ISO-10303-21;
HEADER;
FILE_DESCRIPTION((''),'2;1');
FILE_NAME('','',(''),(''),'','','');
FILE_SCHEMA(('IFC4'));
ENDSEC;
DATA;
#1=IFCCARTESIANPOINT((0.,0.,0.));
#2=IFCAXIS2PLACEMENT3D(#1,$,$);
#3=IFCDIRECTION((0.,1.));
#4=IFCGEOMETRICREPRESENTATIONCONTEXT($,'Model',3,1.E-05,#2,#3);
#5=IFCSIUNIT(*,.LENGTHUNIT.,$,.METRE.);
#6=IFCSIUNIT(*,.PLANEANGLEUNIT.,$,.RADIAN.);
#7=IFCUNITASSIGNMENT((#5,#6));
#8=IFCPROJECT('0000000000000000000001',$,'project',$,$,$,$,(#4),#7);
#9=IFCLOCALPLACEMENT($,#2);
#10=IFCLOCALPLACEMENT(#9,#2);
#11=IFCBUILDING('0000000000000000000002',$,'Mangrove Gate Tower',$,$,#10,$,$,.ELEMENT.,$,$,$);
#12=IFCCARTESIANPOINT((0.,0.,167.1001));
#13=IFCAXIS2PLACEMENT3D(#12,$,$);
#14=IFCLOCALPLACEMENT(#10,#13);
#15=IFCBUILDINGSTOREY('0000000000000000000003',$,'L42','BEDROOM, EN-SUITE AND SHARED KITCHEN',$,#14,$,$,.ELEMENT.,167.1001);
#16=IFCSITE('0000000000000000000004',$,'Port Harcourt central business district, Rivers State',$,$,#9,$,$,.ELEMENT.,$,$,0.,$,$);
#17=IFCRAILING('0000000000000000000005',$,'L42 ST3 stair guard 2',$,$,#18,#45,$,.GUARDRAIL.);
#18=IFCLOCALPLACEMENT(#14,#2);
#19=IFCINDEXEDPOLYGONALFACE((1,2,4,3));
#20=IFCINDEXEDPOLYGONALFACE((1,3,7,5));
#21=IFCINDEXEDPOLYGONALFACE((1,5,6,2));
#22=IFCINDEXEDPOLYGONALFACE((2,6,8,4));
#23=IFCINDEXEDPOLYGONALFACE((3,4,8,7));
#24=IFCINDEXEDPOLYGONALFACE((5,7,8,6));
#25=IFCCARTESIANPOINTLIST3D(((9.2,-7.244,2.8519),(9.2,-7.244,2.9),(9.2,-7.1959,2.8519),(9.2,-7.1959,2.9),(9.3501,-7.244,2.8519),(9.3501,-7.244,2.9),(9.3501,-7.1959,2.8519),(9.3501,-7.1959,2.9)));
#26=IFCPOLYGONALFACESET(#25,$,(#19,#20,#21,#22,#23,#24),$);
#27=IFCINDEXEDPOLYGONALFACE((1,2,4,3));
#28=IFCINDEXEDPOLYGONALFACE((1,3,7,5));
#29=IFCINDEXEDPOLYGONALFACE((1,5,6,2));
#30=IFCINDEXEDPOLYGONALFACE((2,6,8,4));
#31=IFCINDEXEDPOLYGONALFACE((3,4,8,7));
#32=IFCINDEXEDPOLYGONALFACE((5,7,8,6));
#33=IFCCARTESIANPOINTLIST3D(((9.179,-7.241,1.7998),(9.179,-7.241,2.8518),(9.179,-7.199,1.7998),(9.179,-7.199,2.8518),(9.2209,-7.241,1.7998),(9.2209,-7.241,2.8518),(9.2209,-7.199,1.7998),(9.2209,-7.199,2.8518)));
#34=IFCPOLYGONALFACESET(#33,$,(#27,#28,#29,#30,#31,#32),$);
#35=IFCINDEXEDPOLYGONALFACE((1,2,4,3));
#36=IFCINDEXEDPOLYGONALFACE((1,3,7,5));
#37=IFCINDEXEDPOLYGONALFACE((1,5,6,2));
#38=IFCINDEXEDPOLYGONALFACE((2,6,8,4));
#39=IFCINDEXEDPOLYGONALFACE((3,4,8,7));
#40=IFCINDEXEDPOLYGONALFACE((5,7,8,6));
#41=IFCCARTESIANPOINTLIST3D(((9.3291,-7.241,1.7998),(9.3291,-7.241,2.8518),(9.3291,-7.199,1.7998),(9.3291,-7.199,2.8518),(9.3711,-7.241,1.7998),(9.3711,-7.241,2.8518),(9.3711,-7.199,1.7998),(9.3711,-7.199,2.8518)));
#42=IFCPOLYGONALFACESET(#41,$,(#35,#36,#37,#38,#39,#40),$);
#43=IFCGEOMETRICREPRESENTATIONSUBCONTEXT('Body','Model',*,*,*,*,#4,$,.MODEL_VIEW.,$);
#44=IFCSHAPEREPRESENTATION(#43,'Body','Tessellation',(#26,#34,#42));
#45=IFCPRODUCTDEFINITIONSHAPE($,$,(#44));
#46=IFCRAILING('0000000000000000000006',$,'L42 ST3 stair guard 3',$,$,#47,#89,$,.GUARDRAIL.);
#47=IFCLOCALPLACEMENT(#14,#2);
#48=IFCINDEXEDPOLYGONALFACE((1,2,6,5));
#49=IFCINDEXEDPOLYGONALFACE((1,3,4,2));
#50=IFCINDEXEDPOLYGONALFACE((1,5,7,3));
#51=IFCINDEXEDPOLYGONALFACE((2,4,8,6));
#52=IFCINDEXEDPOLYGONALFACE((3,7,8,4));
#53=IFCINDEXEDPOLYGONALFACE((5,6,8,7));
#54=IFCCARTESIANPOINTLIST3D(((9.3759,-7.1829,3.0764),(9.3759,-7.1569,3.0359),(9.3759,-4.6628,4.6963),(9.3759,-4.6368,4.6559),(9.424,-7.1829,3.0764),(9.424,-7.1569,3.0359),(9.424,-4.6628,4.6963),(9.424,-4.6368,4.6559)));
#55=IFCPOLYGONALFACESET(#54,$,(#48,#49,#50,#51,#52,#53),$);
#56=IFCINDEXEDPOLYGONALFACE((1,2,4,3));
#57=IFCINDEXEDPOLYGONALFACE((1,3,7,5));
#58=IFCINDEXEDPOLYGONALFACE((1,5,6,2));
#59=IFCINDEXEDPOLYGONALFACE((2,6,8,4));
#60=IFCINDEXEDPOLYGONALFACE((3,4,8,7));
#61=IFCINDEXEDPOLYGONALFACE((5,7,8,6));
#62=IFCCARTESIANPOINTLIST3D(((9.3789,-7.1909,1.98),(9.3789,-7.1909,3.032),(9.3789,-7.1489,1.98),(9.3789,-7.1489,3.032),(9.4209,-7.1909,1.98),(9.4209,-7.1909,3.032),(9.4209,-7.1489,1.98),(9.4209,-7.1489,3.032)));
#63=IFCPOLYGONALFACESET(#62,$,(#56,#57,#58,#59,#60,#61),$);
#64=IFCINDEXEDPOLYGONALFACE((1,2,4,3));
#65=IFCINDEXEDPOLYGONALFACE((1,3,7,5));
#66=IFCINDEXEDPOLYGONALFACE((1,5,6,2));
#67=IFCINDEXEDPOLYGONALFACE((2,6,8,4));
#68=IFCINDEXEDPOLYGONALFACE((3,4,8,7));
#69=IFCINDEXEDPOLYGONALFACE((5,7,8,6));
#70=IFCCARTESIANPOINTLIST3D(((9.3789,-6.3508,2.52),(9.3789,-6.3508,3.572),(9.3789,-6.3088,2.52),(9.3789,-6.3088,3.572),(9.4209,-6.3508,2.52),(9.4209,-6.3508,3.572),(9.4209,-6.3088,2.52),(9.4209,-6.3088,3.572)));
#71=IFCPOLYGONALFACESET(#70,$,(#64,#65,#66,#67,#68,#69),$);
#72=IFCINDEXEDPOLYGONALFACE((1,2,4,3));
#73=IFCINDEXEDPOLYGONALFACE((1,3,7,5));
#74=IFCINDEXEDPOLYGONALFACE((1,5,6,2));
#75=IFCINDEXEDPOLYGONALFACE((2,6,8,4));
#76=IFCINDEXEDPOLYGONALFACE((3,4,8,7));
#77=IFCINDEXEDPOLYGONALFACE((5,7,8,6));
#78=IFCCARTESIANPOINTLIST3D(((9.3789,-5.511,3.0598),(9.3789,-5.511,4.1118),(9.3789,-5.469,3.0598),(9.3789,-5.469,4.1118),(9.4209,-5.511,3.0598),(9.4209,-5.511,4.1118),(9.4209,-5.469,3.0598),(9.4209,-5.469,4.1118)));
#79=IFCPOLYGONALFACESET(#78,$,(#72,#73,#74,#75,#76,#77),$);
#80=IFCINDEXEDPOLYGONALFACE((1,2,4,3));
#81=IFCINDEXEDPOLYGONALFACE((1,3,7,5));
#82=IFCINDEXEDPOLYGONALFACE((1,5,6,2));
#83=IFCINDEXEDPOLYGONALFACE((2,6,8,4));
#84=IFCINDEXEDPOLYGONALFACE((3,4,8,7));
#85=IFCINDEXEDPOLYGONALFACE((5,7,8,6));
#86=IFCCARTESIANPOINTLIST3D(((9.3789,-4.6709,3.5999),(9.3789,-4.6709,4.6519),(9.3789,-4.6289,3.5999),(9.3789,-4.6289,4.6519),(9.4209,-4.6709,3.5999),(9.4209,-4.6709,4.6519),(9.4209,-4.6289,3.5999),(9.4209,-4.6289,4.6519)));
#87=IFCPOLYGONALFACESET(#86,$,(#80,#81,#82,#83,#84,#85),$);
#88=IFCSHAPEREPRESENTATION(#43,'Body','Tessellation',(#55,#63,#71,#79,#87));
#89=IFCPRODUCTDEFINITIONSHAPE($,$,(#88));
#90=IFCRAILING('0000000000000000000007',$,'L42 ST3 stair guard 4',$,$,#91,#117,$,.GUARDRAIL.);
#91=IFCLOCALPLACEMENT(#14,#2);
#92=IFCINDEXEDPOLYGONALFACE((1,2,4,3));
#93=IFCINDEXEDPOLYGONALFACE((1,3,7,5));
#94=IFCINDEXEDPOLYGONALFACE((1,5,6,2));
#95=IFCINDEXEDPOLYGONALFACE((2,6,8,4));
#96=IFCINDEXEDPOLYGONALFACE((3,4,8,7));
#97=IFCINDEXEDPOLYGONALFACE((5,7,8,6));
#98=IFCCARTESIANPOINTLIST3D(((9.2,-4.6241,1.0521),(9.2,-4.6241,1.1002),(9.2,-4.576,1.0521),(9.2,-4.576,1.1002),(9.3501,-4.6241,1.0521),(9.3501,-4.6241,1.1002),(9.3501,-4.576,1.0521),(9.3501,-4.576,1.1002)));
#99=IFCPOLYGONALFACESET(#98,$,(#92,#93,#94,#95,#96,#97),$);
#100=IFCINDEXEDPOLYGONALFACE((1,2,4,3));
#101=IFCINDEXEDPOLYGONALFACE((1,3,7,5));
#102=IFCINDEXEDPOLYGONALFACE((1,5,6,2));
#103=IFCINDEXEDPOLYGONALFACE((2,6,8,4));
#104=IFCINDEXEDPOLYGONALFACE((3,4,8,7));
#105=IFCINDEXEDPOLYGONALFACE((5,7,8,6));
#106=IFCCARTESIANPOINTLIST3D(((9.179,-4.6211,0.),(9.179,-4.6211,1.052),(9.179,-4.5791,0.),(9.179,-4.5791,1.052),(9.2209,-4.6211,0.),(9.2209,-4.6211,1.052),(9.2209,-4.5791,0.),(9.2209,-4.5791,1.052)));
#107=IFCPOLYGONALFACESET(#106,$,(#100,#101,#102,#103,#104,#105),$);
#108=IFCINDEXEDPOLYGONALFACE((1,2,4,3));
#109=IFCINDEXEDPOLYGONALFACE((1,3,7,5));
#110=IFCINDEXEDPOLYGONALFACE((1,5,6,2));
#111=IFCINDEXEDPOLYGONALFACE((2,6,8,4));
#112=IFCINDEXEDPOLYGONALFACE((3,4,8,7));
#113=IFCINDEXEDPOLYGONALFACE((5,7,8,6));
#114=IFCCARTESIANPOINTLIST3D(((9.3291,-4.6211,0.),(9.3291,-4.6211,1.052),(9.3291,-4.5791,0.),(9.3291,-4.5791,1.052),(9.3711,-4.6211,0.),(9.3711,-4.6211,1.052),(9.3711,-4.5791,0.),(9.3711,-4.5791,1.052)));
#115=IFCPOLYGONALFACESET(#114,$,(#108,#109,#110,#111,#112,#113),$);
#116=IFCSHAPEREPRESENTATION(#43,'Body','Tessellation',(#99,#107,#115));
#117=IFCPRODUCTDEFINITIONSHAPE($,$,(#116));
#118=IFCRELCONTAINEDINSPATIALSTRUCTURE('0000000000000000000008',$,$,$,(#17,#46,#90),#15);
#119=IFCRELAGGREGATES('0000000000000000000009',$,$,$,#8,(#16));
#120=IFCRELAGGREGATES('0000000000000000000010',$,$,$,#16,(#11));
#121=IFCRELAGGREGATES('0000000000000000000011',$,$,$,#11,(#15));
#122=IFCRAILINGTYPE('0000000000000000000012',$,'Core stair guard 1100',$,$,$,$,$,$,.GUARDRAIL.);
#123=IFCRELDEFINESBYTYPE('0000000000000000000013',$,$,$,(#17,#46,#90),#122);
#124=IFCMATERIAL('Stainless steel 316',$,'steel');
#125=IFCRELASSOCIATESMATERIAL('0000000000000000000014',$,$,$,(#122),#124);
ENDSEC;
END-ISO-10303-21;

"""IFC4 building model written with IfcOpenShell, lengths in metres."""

from ifc_helpers import new_model, si_unit, direction, frame, origin, origin_2d, place, context, subcontext, project, spatial, rectangle, extrude, material, type_object, element, save


model = new_model("IFC4")

# Units and contexts
model_context = context("Model", 3, precision=1e-05, world=origin(), true_north=direction((0.0, 1.0)))
body_context = subcontext(model_context, "Body", "Model", "MODEL_VIEW")
ifc_project = project(units=[si_unit("LENGTHUNIT", "METRE"), si_unit("PLANEANGLEUNIT", "RADIAN")], contexts=[model_context])

# Site, building, storey
site_placement = place(None, origin())
site = spatial("IfcSite", under=ifc_project, at=site_placement, Name="Port Harcourt central business district, Rivers State", CompositionType="ELEMENT", RefElevation=0.0)
building_placement = place(site_placement, origin())
building = spatial("IfcBuilding", under=site, at=building_placement, Name="Mangrove Gate Tower", CompositionType="ELEMENT")
storey_placement = place(building_placement, frame((0.0, 0.0, 167.1001)))
storey = spatial("IfcBuildingStorey", under=building, at=storey_placement, Name="L42", Description="BEDROOM, EN-SUITE AND SHARED KITCHEN", CompositionType="ELEMENT", Elevation=167.1001)

# Railings
ifc_material_1 = material(Name="Stainless steel 316", Category="steel")
railing_type_1 = type_object("IfcRailingType", Name="Core stair guard 1100", PredefinedType="GUARDRAIL", material=ifc_material_1)
railing_1_placement = place(storey_placement, frame((9.2, -7.22, 1.7998)))
element("IfcRailing", 1, at=railing_1_placement, inside=storey, type_object=railing_type_1, Name="L42 ST3 stair guard 2", PredefinedType="GUARDRAIL", context=body_context, shape_type="SweptSolid", body=[
    extrude(rectangle(XDim=0.0481, YDim=0.0481, at=origin_2d()), frame((0.0, 0.0, 1.0762), z_axis=(1.0, 0.0, 0.0), x_axis=(0.0, 1.0, 0.0)), (0.0, 0.0, 1.0), 0.1501),
    extrude(rectangle(XDim=0.042, YDim=0.042, at=origin_2d()), origin(), (0.0, 0.0, 1.0), 1.052),
    extrude(rectangle(XDim=0.042, YDim=0.042, at=origin_2d()), frame((0.1501, 0.0, 0.0)), (0.0, 0.0, 1.0), 1.052),
])
railing_2_placement = place(storey_placement, frame((9.3999, -7.1699, 1.98)))
element("IfcRailing", 2, at=railing_2_placement, inside=storey, type_object=railing_type_1, Name="L42 ST3 stair guard 3", PredefinedType="GUARDRAIL", context=body_context, shape_type="SweptSolid", body=[
    extrude(rectangle(XDim=0.0481, YDim=0.0481, at=origin_2d()), frame((0.0, 0.0, 1.0762), z_axis=(0.0, 0.8412, 0.540725), x_axis=(-1.0, 0.0, 0.0)), (0.0, 0.0, 1.0), 2.9958),
    extrude(rectangle(XDim=0.042, YDim=0.042, at=origin_2d()), origin(), (0.0, 0.0, 1.0), 1.052),
    extrude(rectangle(XDim=0.042, YDim=0.042, at=origin_2d()), frame((0.0, 0.8401, 0.54)), (0.0, 0.0, 1.0), 1.052),
    extrude(rectangle(XDim=0.042, YDim=0.042, at=origin_2d()), frame((0.0, 1.6799, 1.0798)), (0.0, 0.0, 1.0), 1.052),
    extrude(rectangle(XDim=0.042, YDim=0.042, at=origin_2d()), frame((0.0, 2.52, 1.6199)), (0.0, 0.0, 1.0), 1.052),
])
railing_3_placement = place(storey_placement, frame((9.2, -4.6001, 0.0)))
element("IfcRailing", 3, at=railing_3_placement, inside=storey, type_object=railing_type_1, Name="L42 ST3 stair guard 4", PredefinedType="GUARDRAIL", context=body_context, shape_type="SweptSolid", body=[
    extrude(rectangle(XDim=0.0481, YDim=0.0481, at=origin_2d()), frame((0.0, 0.0, 1.0762), z_axis=(1.0, 0.0, 0.0), x_axis=(0.0, 1.0, 0.0)), (0.0, 0.0, 1.0), 0.1501),
    extrude(rectangle(XDim=0.042, YDim=0.042, at=origin_2d()), origin(), (0.0, 0.0, 1.0), 1.052),
    extrude(rectangle(XDim=0.042, YDim=0.042, at=origin_2d()), frame((0.1501, 0.0, 0.0)), (0.0, 0.0, 1.0), 1.052),
])

save(model, "model.ifc")
